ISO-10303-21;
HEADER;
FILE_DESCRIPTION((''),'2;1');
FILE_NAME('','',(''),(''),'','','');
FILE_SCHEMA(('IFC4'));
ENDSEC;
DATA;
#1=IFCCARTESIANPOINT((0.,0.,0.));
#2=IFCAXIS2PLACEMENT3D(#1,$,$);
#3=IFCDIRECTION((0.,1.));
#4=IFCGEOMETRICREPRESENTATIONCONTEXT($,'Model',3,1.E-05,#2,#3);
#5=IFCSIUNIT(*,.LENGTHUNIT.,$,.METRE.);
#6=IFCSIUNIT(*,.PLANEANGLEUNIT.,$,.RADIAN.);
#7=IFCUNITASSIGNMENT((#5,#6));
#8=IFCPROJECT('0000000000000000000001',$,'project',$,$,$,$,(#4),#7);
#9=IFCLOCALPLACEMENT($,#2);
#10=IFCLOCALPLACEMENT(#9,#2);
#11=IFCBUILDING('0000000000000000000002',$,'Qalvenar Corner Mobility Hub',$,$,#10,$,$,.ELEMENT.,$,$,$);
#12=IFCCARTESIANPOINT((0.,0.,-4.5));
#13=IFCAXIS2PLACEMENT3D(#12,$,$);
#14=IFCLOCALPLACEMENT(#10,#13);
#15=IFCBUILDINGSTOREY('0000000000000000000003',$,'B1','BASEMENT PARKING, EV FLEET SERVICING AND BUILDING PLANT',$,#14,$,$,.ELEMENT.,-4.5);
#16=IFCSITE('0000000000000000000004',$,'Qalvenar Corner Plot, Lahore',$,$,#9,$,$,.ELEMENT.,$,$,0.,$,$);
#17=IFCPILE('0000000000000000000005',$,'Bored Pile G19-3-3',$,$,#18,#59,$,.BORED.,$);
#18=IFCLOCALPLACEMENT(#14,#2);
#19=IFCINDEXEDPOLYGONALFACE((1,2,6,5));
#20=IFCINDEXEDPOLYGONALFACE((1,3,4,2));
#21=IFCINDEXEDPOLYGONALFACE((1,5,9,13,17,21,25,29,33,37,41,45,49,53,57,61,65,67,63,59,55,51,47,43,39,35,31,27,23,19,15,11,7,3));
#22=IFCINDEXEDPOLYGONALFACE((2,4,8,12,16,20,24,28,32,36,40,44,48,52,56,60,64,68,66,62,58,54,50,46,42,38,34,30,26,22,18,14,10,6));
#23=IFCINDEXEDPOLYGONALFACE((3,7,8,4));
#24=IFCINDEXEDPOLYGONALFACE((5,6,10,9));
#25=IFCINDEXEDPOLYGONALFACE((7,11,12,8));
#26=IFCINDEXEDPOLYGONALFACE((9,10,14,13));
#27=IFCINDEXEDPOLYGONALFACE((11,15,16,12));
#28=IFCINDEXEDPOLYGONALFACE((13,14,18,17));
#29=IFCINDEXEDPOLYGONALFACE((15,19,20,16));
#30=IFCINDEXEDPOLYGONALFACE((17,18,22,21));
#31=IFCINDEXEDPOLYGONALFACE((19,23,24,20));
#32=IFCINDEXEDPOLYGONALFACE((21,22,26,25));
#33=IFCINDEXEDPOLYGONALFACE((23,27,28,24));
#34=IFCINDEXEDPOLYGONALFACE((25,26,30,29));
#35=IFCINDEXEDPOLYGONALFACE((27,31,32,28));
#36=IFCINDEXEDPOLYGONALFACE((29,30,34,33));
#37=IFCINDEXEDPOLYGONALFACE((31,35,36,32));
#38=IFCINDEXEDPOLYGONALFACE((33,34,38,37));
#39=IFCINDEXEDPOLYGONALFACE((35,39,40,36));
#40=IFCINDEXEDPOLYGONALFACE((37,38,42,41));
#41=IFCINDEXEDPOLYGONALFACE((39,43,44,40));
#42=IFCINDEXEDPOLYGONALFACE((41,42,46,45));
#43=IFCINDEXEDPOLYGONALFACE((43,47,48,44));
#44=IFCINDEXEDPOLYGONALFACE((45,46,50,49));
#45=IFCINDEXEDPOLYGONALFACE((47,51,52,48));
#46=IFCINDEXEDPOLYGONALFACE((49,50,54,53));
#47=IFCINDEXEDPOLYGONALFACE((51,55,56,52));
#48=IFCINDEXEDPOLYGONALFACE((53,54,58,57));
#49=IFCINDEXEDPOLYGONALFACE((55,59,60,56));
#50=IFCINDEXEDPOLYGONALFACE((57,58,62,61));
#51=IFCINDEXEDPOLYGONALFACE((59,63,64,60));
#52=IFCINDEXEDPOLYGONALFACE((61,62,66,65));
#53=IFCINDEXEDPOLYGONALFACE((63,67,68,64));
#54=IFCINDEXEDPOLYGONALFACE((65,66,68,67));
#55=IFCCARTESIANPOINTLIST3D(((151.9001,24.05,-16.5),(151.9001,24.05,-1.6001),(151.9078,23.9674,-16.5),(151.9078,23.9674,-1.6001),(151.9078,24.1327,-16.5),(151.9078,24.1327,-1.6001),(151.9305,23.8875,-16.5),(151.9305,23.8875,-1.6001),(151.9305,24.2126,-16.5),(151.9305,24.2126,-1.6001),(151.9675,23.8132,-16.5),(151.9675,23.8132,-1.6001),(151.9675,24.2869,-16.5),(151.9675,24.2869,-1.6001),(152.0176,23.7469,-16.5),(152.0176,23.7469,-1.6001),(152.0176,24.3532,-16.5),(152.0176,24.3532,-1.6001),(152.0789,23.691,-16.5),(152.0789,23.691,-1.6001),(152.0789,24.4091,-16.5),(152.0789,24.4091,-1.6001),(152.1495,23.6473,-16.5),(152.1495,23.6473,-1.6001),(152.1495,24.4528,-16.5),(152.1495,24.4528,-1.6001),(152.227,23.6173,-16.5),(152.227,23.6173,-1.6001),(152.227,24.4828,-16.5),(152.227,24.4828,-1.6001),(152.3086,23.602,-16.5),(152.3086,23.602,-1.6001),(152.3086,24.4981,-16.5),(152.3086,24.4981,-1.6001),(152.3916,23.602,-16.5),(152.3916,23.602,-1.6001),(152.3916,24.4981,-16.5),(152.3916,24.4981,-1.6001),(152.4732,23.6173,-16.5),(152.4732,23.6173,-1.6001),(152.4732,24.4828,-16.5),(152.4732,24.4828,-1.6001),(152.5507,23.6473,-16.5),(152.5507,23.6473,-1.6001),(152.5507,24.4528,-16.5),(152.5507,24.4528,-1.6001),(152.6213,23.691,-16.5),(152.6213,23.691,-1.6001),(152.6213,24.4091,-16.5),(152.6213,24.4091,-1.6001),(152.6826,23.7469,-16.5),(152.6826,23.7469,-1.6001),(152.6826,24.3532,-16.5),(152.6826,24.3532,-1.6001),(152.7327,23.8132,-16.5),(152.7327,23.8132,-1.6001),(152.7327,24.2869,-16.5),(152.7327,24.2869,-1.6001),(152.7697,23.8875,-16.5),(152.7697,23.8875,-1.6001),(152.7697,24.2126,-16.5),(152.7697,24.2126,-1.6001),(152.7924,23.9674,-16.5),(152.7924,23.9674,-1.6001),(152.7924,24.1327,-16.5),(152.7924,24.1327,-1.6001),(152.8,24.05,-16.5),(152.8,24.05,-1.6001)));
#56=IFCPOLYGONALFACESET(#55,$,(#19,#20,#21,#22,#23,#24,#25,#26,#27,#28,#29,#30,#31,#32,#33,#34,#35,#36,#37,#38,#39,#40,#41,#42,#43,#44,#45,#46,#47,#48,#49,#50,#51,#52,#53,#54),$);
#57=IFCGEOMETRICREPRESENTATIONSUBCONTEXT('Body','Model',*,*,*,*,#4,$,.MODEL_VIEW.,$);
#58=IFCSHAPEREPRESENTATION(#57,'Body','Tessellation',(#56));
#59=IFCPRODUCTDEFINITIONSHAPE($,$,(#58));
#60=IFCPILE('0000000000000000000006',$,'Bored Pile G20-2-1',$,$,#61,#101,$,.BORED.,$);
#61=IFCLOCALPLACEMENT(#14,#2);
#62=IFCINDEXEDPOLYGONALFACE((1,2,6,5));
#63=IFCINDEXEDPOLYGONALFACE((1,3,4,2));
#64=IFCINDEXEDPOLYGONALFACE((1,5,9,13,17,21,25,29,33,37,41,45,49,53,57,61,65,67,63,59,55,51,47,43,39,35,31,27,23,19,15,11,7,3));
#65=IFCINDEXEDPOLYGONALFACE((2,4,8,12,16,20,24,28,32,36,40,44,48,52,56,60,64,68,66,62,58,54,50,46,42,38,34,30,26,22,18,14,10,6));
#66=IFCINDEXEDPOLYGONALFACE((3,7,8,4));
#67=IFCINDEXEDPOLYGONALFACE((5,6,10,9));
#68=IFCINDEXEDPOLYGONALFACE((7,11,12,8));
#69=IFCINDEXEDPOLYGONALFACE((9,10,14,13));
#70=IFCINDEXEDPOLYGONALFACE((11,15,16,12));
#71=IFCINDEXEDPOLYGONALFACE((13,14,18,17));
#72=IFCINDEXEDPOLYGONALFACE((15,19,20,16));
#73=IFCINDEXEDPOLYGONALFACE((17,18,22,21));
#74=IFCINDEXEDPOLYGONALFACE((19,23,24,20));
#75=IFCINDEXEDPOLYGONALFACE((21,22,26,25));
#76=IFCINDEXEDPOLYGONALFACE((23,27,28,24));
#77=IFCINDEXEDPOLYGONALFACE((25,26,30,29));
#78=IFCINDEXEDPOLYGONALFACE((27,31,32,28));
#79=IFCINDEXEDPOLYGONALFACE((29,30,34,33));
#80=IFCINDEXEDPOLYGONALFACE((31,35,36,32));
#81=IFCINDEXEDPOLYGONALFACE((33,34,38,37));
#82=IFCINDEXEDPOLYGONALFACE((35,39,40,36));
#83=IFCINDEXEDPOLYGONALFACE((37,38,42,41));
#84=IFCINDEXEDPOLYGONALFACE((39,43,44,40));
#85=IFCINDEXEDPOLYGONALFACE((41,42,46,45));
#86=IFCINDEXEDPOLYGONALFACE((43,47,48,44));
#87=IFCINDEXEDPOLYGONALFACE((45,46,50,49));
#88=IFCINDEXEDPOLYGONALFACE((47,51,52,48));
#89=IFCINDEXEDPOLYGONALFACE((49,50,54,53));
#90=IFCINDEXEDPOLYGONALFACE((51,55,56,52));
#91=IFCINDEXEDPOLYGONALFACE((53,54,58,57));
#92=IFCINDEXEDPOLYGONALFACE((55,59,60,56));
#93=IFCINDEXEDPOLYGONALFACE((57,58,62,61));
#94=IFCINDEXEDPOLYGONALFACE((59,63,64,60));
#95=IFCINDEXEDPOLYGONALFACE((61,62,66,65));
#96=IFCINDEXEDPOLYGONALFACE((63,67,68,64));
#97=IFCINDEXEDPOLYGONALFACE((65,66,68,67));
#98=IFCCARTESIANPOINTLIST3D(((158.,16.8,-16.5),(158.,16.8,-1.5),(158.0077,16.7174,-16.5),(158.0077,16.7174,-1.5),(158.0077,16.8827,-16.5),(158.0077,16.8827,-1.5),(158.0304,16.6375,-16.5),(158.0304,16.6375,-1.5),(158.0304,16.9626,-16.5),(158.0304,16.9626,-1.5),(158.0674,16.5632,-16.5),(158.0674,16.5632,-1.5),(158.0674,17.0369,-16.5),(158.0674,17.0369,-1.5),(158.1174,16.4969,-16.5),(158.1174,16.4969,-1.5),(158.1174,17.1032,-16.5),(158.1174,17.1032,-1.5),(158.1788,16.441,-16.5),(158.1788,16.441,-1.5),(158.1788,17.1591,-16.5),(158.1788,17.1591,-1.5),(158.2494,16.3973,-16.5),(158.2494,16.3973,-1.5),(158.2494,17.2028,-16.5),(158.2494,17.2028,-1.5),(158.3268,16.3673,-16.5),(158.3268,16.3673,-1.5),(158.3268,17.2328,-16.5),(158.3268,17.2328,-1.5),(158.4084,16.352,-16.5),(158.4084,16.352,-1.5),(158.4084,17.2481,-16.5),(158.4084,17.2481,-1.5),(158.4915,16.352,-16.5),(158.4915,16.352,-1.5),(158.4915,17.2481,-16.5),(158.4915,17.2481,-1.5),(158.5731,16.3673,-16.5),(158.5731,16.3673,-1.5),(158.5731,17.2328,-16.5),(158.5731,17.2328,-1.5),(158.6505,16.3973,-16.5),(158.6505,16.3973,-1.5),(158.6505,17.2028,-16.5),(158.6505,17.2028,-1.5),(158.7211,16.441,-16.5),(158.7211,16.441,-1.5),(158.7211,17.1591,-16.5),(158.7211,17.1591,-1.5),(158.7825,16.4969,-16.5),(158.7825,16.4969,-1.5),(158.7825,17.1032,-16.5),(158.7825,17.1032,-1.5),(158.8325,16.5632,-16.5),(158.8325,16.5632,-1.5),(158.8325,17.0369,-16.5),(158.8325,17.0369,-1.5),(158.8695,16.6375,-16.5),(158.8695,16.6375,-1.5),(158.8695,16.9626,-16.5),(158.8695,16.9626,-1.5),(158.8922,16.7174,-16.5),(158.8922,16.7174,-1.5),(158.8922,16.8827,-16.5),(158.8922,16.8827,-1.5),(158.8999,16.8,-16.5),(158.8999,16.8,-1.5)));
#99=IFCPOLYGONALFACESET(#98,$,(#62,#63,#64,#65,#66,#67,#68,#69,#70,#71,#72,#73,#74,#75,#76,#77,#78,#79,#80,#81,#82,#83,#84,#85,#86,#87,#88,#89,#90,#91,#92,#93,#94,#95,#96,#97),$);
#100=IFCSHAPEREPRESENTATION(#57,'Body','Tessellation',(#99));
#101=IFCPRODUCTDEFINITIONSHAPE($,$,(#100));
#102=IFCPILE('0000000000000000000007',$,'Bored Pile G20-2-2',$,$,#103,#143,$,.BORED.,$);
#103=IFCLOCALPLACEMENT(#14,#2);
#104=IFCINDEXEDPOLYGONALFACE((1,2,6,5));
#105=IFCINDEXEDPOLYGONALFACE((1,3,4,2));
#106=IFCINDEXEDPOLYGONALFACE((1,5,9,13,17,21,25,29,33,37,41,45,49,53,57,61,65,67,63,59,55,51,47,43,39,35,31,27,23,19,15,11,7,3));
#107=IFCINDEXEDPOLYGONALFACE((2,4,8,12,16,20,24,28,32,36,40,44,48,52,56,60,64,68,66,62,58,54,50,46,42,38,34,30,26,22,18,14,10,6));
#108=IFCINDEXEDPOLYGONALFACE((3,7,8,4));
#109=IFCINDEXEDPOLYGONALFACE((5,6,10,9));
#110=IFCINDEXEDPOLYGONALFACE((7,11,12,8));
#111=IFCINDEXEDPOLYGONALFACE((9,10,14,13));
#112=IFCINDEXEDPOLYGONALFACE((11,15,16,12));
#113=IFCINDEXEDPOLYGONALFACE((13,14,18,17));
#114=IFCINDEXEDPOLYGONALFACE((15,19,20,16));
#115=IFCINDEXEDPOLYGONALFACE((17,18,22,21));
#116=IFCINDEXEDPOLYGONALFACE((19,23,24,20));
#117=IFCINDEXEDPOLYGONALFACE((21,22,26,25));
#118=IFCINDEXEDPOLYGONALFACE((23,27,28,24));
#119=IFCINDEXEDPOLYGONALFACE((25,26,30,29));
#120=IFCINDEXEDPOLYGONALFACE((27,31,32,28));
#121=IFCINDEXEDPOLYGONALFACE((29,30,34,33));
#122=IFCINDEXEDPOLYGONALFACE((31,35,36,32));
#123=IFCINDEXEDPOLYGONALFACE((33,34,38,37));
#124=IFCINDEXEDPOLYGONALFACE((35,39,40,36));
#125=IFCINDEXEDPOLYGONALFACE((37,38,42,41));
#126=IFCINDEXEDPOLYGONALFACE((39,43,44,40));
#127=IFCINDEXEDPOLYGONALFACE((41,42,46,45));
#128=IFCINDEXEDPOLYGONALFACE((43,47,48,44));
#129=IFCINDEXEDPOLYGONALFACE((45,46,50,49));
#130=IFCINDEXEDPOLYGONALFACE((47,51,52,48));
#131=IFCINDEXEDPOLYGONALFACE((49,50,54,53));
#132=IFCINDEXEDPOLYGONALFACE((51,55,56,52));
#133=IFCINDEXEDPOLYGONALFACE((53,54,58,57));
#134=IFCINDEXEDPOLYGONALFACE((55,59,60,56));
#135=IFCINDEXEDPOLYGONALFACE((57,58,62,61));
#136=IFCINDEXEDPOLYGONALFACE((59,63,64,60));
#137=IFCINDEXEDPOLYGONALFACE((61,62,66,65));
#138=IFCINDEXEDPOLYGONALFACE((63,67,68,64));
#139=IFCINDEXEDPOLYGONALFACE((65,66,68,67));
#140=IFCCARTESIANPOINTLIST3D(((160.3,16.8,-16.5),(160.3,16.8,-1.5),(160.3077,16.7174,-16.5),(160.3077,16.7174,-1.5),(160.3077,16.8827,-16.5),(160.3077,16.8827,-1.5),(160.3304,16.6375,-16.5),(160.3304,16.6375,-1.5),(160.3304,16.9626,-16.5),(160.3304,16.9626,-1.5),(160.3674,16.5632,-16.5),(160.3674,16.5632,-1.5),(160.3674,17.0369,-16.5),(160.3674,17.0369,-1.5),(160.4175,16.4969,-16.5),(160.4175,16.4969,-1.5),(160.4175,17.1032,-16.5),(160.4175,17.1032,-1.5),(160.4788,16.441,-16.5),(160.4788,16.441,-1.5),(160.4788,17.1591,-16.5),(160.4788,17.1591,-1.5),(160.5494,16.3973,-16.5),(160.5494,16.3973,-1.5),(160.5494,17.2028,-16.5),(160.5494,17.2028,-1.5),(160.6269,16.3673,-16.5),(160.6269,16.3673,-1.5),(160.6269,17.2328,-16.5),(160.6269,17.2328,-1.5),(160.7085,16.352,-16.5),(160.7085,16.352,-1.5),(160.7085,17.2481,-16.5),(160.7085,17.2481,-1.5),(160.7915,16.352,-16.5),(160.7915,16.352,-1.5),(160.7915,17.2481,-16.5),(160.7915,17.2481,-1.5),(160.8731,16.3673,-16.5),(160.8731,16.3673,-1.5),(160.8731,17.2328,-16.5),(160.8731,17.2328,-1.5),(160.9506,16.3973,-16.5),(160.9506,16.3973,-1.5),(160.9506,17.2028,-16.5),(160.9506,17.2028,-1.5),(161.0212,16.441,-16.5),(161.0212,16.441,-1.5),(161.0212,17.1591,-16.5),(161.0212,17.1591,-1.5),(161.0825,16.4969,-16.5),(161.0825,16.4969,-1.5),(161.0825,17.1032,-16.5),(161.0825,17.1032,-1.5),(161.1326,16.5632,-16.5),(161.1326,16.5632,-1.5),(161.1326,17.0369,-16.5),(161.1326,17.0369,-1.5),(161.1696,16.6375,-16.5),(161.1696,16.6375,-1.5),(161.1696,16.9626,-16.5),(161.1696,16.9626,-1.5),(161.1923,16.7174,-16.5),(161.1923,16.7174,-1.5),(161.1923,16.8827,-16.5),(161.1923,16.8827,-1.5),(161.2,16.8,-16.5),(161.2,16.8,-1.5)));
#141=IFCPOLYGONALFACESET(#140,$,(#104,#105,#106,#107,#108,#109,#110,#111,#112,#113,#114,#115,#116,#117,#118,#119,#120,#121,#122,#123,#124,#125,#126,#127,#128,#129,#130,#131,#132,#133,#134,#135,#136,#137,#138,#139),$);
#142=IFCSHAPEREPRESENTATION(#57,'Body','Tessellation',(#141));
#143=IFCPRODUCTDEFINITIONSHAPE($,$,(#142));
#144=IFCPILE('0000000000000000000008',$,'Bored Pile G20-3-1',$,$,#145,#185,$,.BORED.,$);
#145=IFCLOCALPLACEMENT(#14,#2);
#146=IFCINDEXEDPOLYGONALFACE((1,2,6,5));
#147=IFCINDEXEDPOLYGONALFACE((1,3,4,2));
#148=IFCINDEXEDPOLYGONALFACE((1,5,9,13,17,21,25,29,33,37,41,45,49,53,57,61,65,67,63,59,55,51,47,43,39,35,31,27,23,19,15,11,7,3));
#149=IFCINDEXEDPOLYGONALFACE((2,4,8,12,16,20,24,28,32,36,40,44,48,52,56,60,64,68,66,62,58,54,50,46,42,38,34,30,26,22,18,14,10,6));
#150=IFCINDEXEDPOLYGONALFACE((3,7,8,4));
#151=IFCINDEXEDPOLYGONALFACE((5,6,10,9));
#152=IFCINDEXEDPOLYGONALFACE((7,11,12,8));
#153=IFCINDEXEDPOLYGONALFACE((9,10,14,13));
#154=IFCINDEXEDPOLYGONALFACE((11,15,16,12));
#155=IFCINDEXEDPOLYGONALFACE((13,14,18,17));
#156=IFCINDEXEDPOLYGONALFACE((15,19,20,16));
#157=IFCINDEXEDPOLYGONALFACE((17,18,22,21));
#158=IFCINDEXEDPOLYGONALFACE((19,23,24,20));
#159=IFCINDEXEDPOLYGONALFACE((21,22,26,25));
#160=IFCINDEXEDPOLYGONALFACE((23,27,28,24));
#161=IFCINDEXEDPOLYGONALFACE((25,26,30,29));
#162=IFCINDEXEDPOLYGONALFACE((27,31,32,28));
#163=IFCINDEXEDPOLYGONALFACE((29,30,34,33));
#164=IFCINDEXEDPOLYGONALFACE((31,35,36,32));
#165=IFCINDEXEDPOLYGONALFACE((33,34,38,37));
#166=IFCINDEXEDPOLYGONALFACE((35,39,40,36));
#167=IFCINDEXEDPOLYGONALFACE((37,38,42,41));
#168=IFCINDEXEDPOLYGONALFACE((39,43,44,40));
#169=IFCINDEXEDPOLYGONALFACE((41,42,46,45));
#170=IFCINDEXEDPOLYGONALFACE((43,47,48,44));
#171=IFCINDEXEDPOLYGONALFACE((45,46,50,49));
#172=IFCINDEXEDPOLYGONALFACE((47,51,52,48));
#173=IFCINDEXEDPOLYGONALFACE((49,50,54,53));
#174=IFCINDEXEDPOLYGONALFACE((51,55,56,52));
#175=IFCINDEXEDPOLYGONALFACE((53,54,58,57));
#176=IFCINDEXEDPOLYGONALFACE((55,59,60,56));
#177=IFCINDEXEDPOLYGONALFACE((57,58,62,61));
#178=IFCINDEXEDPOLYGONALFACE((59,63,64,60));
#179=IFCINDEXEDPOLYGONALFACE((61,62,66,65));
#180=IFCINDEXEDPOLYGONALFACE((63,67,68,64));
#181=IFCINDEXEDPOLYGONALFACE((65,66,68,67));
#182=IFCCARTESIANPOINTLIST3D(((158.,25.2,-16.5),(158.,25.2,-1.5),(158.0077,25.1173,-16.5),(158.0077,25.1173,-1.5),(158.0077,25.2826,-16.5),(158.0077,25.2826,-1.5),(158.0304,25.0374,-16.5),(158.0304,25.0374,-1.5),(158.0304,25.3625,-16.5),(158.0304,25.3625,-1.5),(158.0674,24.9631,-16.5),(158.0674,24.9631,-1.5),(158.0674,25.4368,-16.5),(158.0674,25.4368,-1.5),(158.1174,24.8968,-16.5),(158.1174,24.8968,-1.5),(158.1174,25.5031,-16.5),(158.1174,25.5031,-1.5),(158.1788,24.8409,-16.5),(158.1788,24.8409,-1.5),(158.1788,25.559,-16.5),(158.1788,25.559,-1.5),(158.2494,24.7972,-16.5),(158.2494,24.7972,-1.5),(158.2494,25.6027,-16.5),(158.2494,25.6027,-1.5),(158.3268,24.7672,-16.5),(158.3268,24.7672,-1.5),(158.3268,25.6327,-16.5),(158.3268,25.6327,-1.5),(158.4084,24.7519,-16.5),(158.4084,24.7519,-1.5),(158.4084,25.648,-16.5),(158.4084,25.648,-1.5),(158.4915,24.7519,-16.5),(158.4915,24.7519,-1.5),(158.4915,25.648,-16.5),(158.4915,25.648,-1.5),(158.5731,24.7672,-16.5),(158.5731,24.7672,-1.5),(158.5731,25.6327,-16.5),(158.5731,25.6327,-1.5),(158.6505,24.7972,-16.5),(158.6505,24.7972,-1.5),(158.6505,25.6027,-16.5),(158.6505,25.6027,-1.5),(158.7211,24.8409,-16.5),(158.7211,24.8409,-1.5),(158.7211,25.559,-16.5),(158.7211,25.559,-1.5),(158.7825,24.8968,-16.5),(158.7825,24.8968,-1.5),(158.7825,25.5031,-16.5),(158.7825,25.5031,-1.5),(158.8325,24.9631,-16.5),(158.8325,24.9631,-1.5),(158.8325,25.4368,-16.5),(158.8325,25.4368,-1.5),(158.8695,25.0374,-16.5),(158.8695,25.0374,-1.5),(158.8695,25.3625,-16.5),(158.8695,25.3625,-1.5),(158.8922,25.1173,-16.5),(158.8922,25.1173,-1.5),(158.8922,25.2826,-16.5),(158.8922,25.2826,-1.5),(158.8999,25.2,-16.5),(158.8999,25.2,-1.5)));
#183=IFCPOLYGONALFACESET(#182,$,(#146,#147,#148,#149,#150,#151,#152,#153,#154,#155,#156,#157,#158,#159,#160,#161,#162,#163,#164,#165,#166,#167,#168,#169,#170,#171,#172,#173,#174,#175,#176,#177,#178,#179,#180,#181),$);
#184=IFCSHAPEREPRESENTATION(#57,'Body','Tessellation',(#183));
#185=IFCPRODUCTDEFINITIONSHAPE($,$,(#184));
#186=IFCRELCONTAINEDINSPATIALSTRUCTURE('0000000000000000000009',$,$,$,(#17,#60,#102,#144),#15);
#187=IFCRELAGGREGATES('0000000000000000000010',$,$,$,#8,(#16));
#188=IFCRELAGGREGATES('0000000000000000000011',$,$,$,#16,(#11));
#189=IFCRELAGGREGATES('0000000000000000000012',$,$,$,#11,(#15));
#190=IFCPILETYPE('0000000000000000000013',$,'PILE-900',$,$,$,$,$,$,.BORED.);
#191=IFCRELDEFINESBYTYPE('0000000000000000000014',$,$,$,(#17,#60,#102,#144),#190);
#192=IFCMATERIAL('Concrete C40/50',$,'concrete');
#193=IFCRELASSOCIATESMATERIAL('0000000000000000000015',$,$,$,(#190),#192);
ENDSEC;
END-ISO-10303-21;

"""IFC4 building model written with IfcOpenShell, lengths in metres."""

from ifc_helpers import new_model, si_unit, direction, frame, origin, origin_2d, place, context, subcontext, project, spatial, circle, extrude, material, material_profile, profile_set, type_object, element, save


model = new_model("IFC4")

# Units and contexts
model_context = context("Model", 3, precision=1e-05, world=origin(), true_north=direction((0.0, 1.0)))
body_context = subcontext(model_context, "Body", "Model", "MODEL_VIEW")
ifc_project = project(units=[si_unit("LENGTHUNIT", "METRE"), si_unit("PLANEANGLEUNIT", "RADIAN")], contexts=[model_context])

# Site, building, storey
site_placement = place(None, origin())
site = spatial("IfcSite", under=ifc_project, at=site_placement, Name="Qalvenar Corner Plot, Lahore", CompositionType="ELEMENT", RefElevation=0.0)
building_placement = place(site_placement, origin())
building = spatial("IfcBuilding", under=site, at=building_placement, Name="Qalvenar Corner Mobility Hub", CompositionType="ELEMENT")
storey_placement = place(building_placement, frame((0.0, 0.0, -4.5)))
storey = spatial("IfcBuildingStorey", under=building, at=storey_placement, Name="B1", Description="BASEMENT PARKING, EV FLEET SERVICING AND BUILDING PLANT", CompositionType="ELEMENT", Elevation=-4.5)

# Shared definitions
ifc_material_1 = material(Name="Concrete C40/50", Category="concrete")

# Piles
ifc_material_profile_1 = material_profile(ifc_material_1, circle(Radius=0.45, at=origin_2d()), Name="DIA900")
ifc_profile_set_1 = profile_set([ifc_material_profile_1], Name="Concrete C40/50")
pile_type = type_object("IfcPileType", Name="PILE-900", PredefinedType="BORED", material=ifc_profile_set_1)
for number, where, z_axis, x_axis, name in (
    (1, (152.3501, 24.05, -1.6001), (0.0, 0.0, -1.0), (1.0, 0.0, 0.0), "Bored Pile G19-3-3"),
):
    element("IfcPile", number, at=place(storey_placement, frame(where, z_axis=z_axis, x_axis=x_axis)), inside=storey, type_object=pile_type, Name=name, PredefinedType="BORED", context=body_context, shape_type="SweptSolid", body=[
        extrude(circle(Radius=0.45, at=origin_2d()), origin(), (0.0, 0.0, 1.0), 14.8999),
    ])
for number, where, z_axis, x_axis, name in (
    (2, (158.45, 16.8, -1.5), (0.0, 0.0, -1.0), (1.0, 0.0, 0.0), "Bored Pile G20-2-1"),
    (3, (160.75, 16.8, -1.5), (0.0, 0.0, -1.0), (1.0, 0.0, 0.0), "Bored Pile G20-2-2"),
    (4, (158.45, 25.2, -1.5), (0.0, 0.0, -1.0), (1.0, 0.0, 0.0), "Bored Pile G20-3-1"),
):
    element("IfcPile", number, at=place(storey_placement, frame(where, z_axis=z_axis, x_axis=x_axis)), inside=storey, type_object=pile_type, Name=name, PredefinedType="BORED", context=body_context, shape_type="SweptSolid", body=[
        extrude(circle(Radius=0.45, at=origin_2d()), origin(), (0.0, 0.0, 1.0), 15.0),
    ])

save(model, "model.ifc")
